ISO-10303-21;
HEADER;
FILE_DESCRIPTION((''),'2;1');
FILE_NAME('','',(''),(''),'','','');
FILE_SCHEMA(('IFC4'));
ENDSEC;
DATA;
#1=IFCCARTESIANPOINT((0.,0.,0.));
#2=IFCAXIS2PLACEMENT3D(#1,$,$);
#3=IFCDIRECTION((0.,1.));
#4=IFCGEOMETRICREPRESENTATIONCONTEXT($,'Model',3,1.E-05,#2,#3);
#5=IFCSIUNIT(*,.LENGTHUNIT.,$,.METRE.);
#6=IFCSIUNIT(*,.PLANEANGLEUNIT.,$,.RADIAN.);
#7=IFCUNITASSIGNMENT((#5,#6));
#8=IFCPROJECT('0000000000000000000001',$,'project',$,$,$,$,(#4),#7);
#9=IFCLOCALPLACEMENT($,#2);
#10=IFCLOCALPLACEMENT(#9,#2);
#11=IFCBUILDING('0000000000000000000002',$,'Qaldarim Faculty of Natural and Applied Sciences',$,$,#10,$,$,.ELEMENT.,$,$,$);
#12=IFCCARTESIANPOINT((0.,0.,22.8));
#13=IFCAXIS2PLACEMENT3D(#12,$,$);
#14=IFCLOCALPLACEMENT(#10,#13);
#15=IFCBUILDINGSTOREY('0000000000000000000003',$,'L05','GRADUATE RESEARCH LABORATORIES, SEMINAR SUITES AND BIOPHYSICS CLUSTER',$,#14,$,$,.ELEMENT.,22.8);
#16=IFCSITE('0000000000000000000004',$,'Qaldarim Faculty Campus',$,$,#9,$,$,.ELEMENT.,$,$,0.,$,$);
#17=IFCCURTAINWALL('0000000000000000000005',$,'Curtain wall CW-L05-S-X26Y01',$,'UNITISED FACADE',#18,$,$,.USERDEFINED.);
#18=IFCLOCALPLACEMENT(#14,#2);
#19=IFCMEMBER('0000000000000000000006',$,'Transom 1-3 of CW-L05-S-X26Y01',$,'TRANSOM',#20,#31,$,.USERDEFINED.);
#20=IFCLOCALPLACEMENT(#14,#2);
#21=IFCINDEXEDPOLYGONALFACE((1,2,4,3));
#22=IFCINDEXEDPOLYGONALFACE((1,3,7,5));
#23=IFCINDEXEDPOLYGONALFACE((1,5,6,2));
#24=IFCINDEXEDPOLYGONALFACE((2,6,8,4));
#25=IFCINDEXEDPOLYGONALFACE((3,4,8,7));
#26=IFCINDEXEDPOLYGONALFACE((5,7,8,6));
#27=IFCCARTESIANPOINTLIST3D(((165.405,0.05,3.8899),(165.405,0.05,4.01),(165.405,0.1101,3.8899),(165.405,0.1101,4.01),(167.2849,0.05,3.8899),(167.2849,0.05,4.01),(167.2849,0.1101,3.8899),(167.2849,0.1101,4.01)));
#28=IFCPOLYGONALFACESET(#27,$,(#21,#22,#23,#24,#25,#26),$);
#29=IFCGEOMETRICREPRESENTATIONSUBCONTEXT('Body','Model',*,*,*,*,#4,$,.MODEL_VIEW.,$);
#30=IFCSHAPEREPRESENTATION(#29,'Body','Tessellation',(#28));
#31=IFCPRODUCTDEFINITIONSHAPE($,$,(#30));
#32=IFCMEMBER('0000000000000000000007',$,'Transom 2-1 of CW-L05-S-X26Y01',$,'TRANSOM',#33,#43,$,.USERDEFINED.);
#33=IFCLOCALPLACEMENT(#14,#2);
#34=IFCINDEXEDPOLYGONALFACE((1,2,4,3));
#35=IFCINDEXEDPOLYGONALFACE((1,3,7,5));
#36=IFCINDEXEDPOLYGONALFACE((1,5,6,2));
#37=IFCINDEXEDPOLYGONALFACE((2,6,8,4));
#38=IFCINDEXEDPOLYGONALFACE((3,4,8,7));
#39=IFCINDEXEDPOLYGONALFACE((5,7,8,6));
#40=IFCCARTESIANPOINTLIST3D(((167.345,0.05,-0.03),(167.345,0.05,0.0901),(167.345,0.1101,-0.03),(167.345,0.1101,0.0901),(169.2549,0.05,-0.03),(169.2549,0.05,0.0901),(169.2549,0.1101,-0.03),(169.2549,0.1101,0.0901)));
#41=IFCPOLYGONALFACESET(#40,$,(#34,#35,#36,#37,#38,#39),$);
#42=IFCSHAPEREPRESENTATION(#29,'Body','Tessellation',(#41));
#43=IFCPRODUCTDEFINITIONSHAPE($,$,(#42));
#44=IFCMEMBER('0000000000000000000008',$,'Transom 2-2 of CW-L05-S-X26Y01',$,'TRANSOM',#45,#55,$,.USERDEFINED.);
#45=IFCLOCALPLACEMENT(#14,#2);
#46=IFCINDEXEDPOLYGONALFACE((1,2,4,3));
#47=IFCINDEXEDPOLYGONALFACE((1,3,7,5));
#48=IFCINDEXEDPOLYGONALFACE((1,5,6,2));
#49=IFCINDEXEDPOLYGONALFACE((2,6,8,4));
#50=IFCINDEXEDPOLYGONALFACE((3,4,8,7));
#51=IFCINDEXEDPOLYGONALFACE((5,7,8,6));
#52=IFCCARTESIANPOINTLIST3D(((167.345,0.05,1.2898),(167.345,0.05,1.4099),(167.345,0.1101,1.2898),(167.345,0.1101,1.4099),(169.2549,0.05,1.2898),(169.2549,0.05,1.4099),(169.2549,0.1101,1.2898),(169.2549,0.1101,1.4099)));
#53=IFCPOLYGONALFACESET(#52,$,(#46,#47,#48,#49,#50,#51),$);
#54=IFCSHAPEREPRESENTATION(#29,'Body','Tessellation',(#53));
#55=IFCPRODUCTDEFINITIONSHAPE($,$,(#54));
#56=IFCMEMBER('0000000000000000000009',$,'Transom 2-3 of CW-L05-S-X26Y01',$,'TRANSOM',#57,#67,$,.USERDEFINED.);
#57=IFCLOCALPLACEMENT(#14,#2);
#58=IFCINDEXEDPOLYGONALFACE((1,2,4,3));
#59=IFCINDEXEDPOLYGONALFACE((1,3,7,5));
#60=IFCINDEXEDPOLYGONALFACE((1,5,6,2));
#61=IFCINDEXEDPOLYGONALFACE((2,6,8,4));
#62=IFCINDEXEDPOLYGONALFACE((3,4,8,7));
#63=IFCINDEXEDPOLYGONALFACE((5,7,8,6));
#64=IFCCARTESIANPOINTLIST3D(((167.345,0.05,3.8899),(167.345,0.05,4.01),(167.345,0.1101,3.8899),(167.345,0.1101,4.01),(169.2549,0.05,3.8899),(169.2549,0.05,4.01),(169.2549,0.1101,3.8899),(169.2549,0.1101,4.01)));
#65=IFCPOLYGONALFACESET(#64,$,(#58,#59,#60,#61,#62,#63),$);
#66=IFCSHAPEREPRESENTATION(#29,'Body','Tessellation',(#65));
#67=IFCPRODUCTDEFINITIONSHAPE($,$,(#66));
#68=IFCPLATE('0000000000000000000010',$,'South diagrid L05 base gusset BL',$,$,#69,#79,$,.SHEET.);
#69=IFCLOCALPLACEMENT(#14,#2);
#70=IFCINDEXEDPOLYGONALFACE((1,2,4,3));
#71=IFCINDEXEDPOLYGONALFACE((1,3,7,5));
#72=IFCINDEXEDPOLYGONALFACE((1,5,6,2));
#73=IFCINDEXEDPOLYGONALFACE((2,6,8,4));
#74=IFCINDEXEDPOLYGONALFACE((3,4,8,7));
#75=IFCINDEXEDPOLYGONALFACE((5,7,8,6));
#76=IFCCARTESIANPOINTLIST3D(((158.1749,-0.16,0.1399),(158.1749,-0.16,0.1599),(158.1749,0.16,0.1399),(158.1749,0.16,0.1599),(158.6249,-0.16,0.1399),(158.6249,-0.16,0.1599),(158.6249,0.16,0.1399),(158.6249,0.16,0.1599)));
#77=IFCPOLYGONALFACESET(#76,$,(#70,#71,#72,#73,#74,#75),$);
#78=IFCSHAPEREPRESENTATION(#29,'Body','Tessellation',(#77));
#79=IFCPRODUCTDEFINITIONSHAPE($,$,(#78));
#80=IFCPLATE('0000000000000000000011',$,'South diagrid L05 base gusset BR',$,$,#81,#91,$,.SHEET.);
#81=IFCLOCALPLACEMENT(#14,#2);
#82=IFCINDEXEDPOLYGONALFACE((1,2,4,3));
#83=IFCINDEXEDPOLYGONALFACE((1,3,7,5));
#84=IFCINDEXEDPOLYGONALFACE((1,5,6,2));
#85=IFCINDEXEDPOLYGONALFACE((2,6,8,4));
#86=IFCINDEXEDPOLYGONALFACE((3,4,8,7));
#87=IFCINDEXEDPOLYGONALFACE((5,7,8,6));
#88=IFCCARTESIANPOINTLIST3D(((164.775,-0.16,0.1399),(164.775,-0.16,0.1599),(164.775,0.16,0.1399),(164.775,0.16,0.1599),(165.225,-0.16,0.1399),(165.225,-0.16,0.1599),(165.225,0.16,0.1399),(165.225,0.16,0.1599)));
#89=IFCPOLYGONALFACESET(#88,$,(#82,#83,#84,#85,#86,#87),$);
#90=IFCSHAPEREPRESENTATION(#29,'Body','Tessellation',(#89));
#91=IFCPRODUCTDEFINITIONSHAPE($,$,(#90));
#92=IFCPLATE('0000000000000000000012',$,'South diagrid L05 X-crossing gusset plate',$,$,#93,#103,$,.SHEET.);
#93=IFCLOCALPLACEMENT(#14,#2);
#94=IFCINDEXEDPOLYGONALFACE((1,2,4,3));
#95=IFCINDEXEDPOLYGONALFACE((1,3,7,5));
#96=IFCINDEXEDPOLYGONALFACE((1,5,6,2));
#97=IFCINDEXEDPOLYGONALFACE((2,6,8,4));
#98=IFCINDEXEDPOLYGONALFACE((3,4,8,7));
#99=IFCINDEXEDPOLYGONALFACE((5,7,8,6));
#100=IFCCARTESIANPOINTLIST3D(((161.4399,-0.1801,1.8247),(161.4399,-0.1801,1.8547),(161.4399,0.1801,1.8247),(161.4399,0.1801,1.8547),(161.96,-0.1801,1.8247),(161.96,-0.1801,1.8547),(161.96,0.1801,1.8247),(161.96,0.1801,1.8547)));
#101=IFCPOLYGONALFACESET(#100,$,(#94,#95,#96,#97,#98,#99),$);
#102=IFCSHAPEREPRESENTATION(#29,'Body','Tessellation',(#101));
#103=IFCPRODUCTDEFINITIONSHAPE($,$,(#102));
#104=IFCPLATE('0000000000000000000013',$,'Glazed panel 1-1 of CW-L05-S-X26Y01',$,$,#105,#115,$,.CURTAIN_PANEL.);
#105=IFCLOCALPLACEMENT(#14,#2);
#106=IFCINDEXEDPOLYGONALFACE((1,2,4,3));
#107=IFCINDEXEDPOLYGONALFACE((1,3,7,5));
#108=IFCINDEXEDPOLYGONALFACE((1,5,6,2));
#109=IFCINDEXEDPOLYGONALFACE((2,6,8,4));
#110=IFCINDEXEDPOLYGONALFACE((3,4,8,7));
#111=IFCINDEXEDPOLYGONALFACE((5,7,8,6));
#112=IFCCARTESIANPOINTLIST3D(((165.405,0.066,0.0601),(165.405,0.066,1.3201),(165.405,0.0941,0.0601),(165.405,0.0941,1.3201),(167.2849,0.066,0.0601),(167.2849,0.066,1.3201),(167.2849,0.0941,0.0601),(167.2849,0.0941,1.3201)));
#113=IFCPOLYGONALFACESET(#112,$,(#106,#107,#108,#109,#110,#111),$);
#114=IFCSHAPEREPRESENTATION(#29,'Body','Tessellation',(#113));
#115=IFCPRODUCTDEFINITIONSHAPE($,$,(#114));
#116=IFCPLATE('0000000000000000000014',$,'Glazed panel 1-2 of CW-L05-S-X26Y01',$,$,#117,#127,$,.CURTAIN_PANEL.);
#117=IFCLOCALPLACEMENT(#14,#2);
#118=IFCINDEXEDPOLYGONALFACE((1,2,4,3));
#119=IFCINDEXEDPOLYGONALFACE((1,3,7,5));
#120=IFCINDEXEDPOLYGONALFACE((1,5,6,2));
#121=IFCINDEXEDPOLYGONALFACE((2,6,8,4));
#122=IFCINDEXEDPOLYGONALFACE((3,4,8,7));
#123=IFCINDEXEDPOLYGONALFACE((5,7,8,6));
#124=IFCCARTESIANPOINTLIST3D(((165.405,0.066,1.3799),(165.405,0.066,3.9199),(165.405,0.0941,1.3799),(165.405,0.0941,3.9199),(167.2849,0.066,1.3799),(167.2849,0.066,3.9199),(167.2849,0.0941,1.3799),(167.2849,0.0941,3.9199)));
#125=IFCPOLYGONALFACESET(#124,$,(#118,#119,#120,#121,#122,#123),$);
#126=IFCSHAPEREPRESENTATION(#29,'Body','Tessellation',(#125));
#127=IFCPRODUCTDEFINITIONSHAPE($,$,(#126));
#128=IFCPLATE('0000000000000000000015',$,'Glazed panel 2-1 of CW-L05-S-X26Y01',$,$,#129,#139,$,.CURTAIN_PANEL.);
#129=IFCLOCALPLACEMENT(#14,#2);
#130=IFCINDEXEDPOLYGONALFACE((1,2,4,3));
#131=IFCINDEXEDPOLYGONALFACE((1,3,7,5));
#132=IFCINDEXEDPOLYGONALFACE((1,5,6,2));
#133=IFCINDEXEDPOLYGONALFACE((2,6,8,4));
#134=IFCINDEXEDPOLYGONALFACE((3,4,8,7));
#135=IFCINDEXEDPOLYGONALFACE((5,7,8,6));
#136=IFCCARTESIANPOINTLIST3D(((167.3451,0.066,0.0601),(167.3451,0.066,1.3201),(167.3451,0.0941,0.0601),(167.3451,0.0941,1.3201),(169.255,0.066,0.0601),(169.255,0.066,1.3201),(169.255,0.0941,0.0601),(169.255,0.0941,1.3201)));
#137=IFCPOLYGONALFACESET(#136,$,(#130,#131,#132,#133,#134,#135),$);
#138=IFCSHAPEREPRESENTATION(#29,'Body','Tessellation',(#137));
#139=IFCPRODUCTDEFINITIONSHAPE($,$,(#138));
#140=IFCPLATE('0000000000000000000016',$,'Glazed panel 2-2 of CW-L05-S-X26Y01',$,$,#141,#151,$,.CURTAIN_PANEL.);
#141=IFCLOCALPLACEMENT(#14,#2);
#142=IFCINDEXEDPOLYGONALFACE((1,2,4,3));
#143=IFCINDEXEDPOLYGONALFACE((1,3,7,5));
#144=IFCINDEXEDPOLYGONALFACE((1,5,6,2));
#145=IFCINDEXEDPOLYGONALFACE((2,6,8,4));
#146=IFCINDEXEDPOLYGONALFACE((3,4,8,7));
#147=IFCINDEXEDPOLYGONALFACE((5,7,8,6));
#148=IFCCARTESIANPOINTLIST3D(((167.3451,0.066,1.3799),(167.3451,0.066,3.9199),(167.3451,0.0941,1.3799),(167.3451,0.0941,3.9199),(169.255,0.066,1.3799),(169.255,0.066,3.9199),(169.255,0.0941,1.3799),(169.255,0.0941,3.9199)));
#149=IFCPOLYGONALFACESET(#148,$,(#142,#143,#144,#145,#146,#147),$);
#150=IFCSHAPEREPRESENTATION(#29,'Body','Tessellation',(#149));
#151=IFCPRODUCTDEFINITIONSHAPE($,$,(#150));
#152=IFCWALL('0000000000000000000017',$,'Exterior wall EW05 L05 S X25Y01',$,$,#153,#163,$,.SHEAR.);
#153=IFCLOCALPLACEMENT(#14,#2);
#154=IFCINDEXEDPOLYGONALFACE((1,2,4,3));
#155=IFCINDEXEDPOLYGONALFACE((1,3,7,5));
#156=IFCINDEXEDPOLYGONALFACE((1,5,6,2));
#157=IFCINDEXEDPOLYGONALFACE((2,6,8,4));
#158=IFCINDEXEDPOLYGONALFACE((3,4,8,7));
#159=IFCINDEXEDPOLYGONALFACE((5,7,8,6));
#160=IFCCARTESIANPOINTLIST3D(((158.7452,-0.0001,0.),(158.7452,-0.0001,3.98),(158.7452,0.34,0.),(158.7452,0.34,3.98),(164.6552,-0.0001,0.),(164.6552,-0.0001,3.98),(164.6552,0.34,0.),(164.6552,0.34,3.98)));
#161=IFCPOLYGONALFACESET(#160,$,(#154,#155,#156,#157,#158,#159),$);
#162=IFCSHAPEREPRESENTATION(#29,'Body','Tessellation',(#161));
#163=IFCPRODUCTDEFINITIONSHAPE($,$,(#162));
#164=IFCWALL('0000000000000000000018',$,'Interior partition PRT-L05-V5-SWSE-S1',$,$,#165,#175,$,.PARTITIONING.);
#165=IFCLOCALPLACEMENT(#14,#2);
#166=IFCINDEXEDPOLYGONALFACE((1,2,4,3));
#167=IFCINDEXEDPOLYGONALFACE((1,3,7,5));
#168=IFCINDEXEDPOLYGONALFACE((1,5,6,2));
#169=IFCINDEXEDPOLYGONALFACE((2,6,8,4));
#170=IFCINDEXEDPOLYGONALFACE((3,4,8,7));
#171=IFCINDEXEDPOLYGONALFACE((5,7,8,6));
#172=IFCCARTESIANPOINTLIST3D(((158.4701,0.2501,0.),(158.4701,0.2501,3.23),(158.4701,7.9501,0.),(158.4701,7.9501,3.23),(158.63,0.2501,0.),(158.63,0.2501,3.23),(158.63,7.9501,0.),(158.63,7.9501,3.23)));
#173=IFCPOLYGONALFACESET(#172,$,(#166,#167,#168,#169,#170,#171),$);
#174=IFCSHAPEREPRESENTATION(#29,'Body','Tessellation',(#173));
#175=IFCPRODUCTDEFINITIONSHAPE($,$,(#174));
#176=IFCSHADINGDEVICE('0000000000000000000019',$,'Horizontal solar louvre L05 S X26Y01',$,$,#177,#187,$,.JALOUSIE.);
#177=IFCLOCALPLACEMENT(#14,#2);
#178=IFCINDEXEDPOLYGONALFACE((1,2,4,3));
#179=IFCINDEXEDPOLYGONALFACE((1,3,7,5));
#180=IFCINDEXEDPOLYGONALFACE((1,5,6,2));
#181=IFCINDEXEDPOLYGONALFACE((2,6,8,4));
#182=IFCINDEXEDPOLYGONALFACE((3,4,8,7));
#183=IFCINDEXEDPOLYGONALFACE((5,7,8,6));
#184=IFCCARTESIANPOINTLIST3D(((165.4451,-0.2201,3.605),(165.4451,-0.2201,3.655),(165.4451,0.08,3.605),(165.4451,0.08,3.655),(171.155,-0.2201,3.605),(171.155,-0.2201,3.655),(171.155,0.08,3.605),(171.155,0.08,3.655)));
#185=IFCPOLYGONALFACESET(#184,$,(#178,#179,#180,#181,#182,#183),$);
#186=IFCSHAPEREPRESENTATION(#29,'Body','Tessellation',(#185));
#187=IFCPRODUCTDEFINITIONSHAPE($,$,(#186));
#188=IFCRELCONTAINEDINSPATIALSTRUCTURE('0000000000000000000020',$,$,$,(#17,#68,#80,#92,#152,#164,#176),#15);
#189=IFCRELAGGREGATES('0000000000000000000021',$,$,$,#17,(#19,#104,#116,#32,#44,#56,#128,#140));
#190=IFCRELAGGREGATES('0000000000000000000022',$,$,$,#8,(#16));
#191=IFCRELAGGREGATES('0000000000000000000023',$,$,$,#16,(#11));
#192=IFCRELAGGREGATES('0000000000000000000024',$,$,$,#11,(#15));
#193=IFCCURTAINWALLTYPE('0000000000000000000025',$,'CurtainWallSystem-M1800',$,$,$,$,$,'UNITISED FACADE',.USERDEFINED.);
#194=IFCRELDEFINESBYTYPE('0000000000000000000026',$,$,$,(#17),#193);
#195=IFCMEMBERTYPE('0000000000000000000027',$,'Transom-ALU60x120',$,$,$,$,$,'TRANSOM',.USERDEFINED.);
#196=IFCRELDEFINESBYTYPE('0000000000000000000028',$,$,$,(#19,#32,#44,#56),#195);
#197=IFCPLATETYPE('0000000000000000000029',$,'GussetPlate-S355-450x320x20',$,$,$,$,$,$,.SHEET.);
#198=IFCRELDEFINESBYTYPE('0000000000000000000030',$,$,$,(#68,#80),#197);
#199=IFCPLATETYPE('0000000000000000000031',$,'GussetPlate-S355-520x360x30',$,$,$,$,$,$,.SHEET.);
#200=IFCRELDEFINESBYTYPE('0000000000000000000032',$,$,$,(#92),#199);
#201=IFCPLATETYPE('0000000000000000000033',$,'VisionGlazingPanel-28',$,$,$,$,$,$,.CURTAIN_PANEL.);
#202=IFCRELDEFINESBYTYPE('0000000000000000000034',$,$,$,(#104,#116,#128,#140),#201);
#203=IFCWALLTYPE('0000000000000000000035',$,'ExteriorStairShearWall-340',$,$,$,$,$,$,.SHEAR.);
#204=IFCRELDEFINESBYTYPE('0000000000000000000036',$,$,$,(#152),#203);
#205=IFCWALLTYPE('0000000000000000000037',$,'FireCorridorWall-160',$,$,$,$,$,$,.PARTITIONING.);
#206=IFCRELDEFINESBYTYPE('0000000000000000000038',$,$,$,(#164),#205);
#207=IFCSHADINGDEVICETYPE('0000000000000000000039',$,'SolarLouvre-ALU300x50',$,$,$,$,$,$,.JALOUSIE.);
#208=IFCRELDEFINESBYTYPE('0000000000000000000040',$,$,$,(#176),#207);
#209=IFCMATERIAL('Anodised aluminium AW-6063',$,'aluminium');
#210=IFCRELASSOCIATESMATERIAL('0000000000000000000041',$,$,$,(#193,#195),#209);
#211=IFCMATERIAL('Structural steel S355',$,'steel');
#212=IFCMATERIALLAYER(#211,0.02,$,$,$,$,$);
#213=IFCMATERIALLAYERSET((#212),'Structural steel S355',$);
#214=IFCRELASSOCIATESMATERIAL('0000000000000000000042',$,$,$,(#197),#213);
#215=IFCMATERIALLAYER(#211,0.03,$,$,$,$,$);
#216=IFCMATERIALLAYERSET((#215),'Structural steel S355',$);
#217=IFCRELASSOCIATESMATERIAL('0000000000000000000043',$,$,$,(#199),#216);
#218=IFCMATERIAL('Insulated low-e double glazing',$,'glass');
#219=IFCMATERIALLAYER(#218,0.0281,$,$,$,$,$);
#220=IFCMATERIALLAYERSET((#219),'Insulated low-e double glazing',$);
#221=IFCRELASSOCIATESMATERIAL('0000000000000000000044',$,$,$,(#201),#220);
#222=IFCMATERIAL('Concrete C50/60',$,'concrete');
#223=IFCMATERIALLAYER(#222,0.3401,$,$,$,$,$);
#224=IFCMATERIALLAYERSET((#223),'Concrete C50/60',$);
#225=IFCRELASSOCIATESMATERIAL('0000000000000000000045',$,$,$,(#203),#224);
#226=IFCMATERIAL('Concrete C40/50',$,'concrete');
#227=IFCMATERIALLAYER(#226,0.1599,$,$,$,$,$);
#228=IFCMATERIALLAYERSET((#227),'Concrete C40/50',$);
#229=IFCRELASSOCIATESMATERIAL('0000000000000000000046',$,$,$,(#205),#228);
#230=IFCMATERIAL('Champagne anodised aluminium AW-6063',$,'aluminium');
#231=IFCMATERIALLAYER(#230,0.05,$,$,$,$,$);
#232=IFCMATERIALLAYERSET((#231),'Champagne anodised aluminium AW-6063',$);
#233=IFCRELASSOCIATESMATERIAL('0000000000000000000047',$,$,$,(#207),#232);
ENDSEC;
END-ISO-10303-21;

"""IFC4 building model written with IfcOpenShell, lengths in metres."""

from ifc_helpers import new_model, si_unit, direction, frame, frame_2d, origin, origin_2d, place, context, subcontext, project, spatial, rectangle, extrude, material, layer, layer_set, material_profile, profile_set, type_object, element, aggregate, save


model = new_model("IFC4")

# Units and contexts
model_context = context("Model", 3, precision=1e-05, world=origin(), true_north=direction((0.0, 1.0)))
body_context = subcontext(model_context, "Body", "Model", "MODEL_VIEW")
ifc_project = project(units=[si_unit("LENGTHUNIT", "METRE"), si_unit("PLANEANGLEUNIT", "RADIAN")], contexts=[model_context])

# Site, building, storey
site_placement = place(None, origin())
site = spatial("IfcSite", under=ifc_project, at=site_placement, Name="Qaldarim Faculty Campus", CompositionType="ELEMENT", RefElevation=0.0)
building_placement = place(site_placement, origin())
building = spatial("IfcBuilding", under=site, at=building_placement, Name="Qaldarim Faculty of Natural and Applied Sciences", CompositionType="ELEMENT")
storey_placement = place(building_placement, frame((0.0, 0.0, 22.8)))
storey = spatial("IfcBuildingStorey", under=building, at=storey_placement, Name="L05", Description="GRADUATE RESEARCH LABORATORIES, SEMINAR SUITES AND BIOPHYSICS CLUSTER", CompositionType="ELEMENT", Elevation=22.8)

# Shared definitions
ifc_material_1 = material(Name="Concrete C50/60", Category="concrete")

# Shared definitions
ifc_material_2 = material(Name="Concrete C40/50", Category="concrete")

# Shared definitions
ifc_material_3 = material(Name="Structural steel S355", Category="steel")

# Curtain wall
ifc_material_4 = material(Name="Anodised aluminium AW-6063", Category="aluminium")
curtain_wall_type = type_object("IfcCurtainWallType", Name="CurtainWallSystem-M1800", ElementType="UNITISED FACADE", PredefinedType="USERDEFINED", material=ifc_material_4)
curtain_wall_placement = place(storey_placement, origin())
curtain_wall = element("IfcCurtainWall", 1, at=curtain_wall_placement, inside=storey, type_object=curtain_wall_type, Name="Curtain wall CW-L05-S-X26Y01", ObjectType="UNITISED FACADE", PredefinedType="USERDEFINED")

# Members
ifc_material_profile_1 = material_profile(ifc_material_4, rectangle(XDim=0.0601, YDim=0.1201, at=origin_2d()), Name="ALU-T60x120")
ifc_profile_set_1 = profile_set([ifc_material_profile_1], Name="Anodised aluminium AW-6063")
member_type_1 = type_object("IfcMemberType", Name="Transom-ALU60x120", ElementType="TRANSOM", PredefinedType="USERDEFINED", material=ifc_profile_set_1)
member_1_placement = place(storey_placement, frame((165.405, 0.0801, 3.95), z_axis=(1.0, 0.0, 0.0), x_axis=(0.0, 1.0, 0.0)))
member_1 = element("IfcMember", 2, at=member_1_placement, type_object=member_type_1, Name="Transom 1-3 of CW-L05-S-X26Y01", ObjectType="TRANSOM", PredefinedType="USERDEFINED", context=body_context, shape_type="SweptSolid", body=[
    extrude(rectangle(XDim=0.0601, YDim=0.1201, at=origin_2d()), origin(), (0.0, 0.0, 1.0), 1.8799),
])
member_2_placement = place(storey_placement, frame((167.345, 0.0801, 0.03), z_axis=(1.0, 0.0, 0.0), x_axis=(0.0, 1.0, 0.0)))
member_2 = element("IfcMember", 3, at=member_2_placement, type_object=member_type_1, Name="Transom 2-1 of CW-L05-S-X26Y01", ObjectType="TRANSOM", PredefinedType="USERDEFINED", context=body_context, shape_type="SweptSolid", body=[
    extrude(rectangle(XDim=0.0601, YDim=0.1201, at=origin_2d()), origin(), (0.0, 0.0, 1.0), 1.9099),
])
member_3_placement = place(storey_placement, frame((167.345, 0.0801, 1.3499), z_axis=(1.0, 0.0, 0.0), x_axis=(0.0, 1.0, 0.0)))
member_3 = element("IfcMember", 4, at=member_3_placement, type_object=member_type_1, Name="Transom 2-2 of CW-L05-S-X26Y01", ObjectType="TRANSOM", PredefinedType="USERDEFINED", context=body_context, shape_type="SweptSolid", body=[
    extrude(rectangle(XDim=0.0601, YDim=0.1201, at=origin_2d()), origin(), (0.0, 0.0, 1.0), 1.9099),
])
member_4_placement = place(storey_placement, frame((167.345, 0.0801, 3.95), z_axis=(1.0, 0.0, 0.0), x_axis=(0.0, 1.0, 0.0)))
member_4 = element("IfcMember", 5, at=member_4_placement, type_object=member_type_1, Name="Transom 2-3 of CW-L05-S-X26Y01", ObjectType="TRANSOM", PredefinedType="USERDEFINED", context=body_context, shape_type="SweptSolid", body=[
    extrude(rectangle(XDim=0.0601, YDim=0.1201, at=origin_2d()), origin(), (0.0, 0.0, 1.0), 1.9099),
])

# Plates
ifc_layer_1 = layer(ifc_material_3, 0.02)
ifc_layer_set_1 = layer_set([ifc_layer_1], Name="Structural steel S355")
plate_type_1 = type_object("IfcPlateType", Name="GussetPlate-S355-450x320x20", PredefinedType="SHEET", material=ifc_layer_set_1)
for number, where, z_axis, x_axis, name in (
    (6, (158.3999, 0.0, 0.1399), (0.0, 0.0, 1.0), (1.0, 0.0, 0.0), "South diagrid L05 base gusset BL"),
    (7, (165.0, 0.0, 0.1399), (0.0, 0.0, 1.0), (1.0, 0.0, 0.0), "South diagrid L05 base gusset BR"),
):
    element("IfcPlate", number, at=place(storey_placement, frame(where, z_axis=z_axis, x_axis=x_axis)), inside=storey, type_object=plate_type_1, Name=name, PredefinedType="SHEET", context=body_context, shape_type="SweptSolid", body=[
        extrude(rectangle(XDim=0.45, YDim=0.3201, at=origin_2d()), origin(), (0.0, 0.0, 1.0), 0.02),
    ])
ifc_layer_2 = layer(ifc_material_3, 0.03)
ifc_layer_set_2 = layer_set([ifc_layer_2], Name="Structural steel S355")
plate_type_2 = type_object("IfcPlateType", Name="GussetPlate-S355-520x360x30", PredefinedType="SHEET", material=ifc_layer_set_2)
plate_1_placement = place(storey_placement, frame((161.7, 0.0, 1.8247), z_axis=(0.0, 0.0, 1.0), x_axis=(1.0, 0.0, 0.0)))
element("IfcPlate", 8, at=plate_1_placement, inside=storey, type_object=plate_type_2, Name="South diagrid L05 X-crossing gusset plate", PredefinedType="SHEET", context=body_context, shape_type="SweptSolid", body=[
    extrude(rectangle(XDim=0.52, YDim=0.3601, at=origin_2d()), origin(), (0.0, 0.0, 1.0), 0.03),
])

# Plates
ifc_material_5 = material(Name="Insulated low-e double glazing", Category="glass")
ifc_layer_3 = layer(ifc_material_5, 0.0281)
ifc_layer_set_3 = layer_set([ifc_layer_3], Name="Insulated low-e double glazing")
plate_type_3 = type_object("IfcPlateType", Name="VisionGlazingPanel-28", PredefinedType="CURTAIN_PANEL", material=ifc_layer_set_3)
plate_2_placement = place(storey_placement, frame((166.345, 0.0801, 0.0601), z_axis=(0.0, 0.0, 1.0), x_axis=(1.0, 0.0, 0.0)))
plate_2 = element("IfcPlate", 9, at=plate_2_placement, type_object=plate_type_3, Name="Glazed panel 1-1 of CW-L05-S-X26Y01", PredefinedType="CURTAIN_PANEL", context=body_context, shape_type="SweptSolid", body=[
    extrude(rectangle(XDim=1.8799, YDim=0.0281, at=origin_2d()), origin(), (0.0, 0.0, 1.0), 1.26),
])
plate_3_placement = place(storey_placement, frame((166.345, 0.0801, 1.3799), z_axis=(0.0, 0.0, 1.0), x_axis=(1.0, 0.0, 0.0)))
plate_3 = element("IfcPlate", 10, at=plate_3_placement, type_object=plate_type_3, Name="Glazed panel 1-2 of CW-L05-S-X26Y01", PredefinedType="CURTAIN_PANEL", context=body_context, shape_type="SweptSolid", body=[
    extrude(rectangle(XDim=1.8799, YDim=0.0281, at=origin_2d()), origin(), (0.0, 0.0, 1.0), 2.54),
])
plate_4_placement = place(storey_placement, frame((168.3, 0.0801, 0.0601), z_axis=(0.0, 0.0, 1.0), x_axis=(1.0, 0.0, 0.0)))
plate_4 = element("IfcPlate", 11, at=plate_4_placement, type_object=plate_type_3, Name="Glazed panel 2-1 of CW-L05-S-X26Y01", PredefinedType="CURTAIN_PANEL", context=body_context, shape_type="SweptSolid", body=[
    extrude(rectangle(XDim=1.9099, YDim=0.0281, at=origin_2d()), origin(), (0.0, 0.0, 1.0), 1.26),
])
plate_5_placement = place(storey_placement, frame((168.3, 0.0801, 1.3799), z_axis=(0.0, 0.0, 1.0), x_axis=(1.0, 0.0, 0.0)))
plate_5 = element("IfcPlate", 12, at=plate_5_placement, type_object=plate_type_3, Name="Glazed panel 2-2 of CW-L05-S-X26Y01", PredefinedType="CURTAIN_PANEL", context=body_context, shape_type="SweptSolid", body=[
    extrude(rectangle(XDim=1.9099, YDim=0.0281, at=origin_2d()), origin(), (0.0, 0.0, 1.0), 2.54),
])
aggregate(curtain_wall, [member_1, plate_2, plate_3, member_2, member_3, member_4, plate_4, plate_5])

# Walls
ifc_layer_4 = layer(ifc_material_1, 0.3401)
ifc_layer_set_4 = layer_set([ifc_layer_4], Name="Concrete C50/60")
wall_type_1 = type_object("IfcWallType", Name="ExteriorStairShearWall-340", PredefinedType="SHEAR", material=ifc_layer_set_4)
wall_1_placement = place(storey_placement, frame((158.7451, 0.1699, 0.0), z_axis=(0.0, 0.0, 1.0), x_axis=(1.0, 0.0, 0.0)))
element("IfcWall", 13, at=wall_1_placement, inside=storey, type_object=wall_type_1, Name="Exterior wall EW05 L05 S X25Y01", PredefinedType="SHEAR", context=body_context, shape_type="SweptSolid", body=[
    extrude(rectangle(XDim=5.9099, YDim=0.3401, at=frame_2d((2.9551, 0.0))), origin(), (0.0, 0.0, 1.0), 3.98),
])
ifc_layer_5 = layer(ifc_material_2, 0.1599)
ifc_layer_set_5 = layer_set([ifc_layer_5], Name="Concrete C40/50")
wall_type_2 = type_object("IfcWallType", Name="FireCorridorWall-160", PredefinedType="PARTITIONING", material=ifc_layer_set_5)
wall_2_placement = place(storey_placement, frame((158.55, 0.25, 0.0), z_axis=(0.0, 0.0, 1.0), x_axis=(0.0, 1.0, 0.0)))
element("IfcWall", 14, at=wall_2_placement, inside=storey, type_object=wall_type_2, Name="Interior partition PRT-L05-V5-SWSE-S1", PredefinedType="PARTITIONING", context=body_context, shape_type="SweptSolid", body=[
    extrude(rectangle(XDim=7.7, YDim=0.1599, at=frame_2d((3.8501, 0.0))), origin(), (0.0, 0.0, 1.0), 3.23),
])

# Shading device
ifc_material_6 = material(Name="Champagne anodised aluminium AW-6063", Category="aluminium")
ifc_layer_6 = layer(ifc_material_6, 0.05)
ifc_layer_set_6 = layer_set([ifc_layer_6], Name="Champagne anodised aluminium AW-6063")
shading_device_type = type_object("IfcShadingDeviceType", Name="SolarLouvre-ALU300x50", PredefinedType="JALOUSIE", material=ifc_layer_set_6)
shading_device_placement = place(storey_placement, frame((168.3, -0.0701, 3.605), z_axis=(0.0, 0.0, 1.0), x_axis=(1.0, 0.0, 0.0)))
element("IfcShadingDevice", 15, at=shading_device_placement, inside=storey, type_object=shading_device_type, Name="Horizontal solar louvre L05 S X26Y01", PredefinedType="JALOUSIE", context=body_context, shape_type="SweptSolid", body=[
    extrude(rectangle(XDim=5.71, YDim=0.3, at=origin_2d()), origin(), (0.0, 0.0, 1.0), 0.05),
])

save(model, "model.ifc")
